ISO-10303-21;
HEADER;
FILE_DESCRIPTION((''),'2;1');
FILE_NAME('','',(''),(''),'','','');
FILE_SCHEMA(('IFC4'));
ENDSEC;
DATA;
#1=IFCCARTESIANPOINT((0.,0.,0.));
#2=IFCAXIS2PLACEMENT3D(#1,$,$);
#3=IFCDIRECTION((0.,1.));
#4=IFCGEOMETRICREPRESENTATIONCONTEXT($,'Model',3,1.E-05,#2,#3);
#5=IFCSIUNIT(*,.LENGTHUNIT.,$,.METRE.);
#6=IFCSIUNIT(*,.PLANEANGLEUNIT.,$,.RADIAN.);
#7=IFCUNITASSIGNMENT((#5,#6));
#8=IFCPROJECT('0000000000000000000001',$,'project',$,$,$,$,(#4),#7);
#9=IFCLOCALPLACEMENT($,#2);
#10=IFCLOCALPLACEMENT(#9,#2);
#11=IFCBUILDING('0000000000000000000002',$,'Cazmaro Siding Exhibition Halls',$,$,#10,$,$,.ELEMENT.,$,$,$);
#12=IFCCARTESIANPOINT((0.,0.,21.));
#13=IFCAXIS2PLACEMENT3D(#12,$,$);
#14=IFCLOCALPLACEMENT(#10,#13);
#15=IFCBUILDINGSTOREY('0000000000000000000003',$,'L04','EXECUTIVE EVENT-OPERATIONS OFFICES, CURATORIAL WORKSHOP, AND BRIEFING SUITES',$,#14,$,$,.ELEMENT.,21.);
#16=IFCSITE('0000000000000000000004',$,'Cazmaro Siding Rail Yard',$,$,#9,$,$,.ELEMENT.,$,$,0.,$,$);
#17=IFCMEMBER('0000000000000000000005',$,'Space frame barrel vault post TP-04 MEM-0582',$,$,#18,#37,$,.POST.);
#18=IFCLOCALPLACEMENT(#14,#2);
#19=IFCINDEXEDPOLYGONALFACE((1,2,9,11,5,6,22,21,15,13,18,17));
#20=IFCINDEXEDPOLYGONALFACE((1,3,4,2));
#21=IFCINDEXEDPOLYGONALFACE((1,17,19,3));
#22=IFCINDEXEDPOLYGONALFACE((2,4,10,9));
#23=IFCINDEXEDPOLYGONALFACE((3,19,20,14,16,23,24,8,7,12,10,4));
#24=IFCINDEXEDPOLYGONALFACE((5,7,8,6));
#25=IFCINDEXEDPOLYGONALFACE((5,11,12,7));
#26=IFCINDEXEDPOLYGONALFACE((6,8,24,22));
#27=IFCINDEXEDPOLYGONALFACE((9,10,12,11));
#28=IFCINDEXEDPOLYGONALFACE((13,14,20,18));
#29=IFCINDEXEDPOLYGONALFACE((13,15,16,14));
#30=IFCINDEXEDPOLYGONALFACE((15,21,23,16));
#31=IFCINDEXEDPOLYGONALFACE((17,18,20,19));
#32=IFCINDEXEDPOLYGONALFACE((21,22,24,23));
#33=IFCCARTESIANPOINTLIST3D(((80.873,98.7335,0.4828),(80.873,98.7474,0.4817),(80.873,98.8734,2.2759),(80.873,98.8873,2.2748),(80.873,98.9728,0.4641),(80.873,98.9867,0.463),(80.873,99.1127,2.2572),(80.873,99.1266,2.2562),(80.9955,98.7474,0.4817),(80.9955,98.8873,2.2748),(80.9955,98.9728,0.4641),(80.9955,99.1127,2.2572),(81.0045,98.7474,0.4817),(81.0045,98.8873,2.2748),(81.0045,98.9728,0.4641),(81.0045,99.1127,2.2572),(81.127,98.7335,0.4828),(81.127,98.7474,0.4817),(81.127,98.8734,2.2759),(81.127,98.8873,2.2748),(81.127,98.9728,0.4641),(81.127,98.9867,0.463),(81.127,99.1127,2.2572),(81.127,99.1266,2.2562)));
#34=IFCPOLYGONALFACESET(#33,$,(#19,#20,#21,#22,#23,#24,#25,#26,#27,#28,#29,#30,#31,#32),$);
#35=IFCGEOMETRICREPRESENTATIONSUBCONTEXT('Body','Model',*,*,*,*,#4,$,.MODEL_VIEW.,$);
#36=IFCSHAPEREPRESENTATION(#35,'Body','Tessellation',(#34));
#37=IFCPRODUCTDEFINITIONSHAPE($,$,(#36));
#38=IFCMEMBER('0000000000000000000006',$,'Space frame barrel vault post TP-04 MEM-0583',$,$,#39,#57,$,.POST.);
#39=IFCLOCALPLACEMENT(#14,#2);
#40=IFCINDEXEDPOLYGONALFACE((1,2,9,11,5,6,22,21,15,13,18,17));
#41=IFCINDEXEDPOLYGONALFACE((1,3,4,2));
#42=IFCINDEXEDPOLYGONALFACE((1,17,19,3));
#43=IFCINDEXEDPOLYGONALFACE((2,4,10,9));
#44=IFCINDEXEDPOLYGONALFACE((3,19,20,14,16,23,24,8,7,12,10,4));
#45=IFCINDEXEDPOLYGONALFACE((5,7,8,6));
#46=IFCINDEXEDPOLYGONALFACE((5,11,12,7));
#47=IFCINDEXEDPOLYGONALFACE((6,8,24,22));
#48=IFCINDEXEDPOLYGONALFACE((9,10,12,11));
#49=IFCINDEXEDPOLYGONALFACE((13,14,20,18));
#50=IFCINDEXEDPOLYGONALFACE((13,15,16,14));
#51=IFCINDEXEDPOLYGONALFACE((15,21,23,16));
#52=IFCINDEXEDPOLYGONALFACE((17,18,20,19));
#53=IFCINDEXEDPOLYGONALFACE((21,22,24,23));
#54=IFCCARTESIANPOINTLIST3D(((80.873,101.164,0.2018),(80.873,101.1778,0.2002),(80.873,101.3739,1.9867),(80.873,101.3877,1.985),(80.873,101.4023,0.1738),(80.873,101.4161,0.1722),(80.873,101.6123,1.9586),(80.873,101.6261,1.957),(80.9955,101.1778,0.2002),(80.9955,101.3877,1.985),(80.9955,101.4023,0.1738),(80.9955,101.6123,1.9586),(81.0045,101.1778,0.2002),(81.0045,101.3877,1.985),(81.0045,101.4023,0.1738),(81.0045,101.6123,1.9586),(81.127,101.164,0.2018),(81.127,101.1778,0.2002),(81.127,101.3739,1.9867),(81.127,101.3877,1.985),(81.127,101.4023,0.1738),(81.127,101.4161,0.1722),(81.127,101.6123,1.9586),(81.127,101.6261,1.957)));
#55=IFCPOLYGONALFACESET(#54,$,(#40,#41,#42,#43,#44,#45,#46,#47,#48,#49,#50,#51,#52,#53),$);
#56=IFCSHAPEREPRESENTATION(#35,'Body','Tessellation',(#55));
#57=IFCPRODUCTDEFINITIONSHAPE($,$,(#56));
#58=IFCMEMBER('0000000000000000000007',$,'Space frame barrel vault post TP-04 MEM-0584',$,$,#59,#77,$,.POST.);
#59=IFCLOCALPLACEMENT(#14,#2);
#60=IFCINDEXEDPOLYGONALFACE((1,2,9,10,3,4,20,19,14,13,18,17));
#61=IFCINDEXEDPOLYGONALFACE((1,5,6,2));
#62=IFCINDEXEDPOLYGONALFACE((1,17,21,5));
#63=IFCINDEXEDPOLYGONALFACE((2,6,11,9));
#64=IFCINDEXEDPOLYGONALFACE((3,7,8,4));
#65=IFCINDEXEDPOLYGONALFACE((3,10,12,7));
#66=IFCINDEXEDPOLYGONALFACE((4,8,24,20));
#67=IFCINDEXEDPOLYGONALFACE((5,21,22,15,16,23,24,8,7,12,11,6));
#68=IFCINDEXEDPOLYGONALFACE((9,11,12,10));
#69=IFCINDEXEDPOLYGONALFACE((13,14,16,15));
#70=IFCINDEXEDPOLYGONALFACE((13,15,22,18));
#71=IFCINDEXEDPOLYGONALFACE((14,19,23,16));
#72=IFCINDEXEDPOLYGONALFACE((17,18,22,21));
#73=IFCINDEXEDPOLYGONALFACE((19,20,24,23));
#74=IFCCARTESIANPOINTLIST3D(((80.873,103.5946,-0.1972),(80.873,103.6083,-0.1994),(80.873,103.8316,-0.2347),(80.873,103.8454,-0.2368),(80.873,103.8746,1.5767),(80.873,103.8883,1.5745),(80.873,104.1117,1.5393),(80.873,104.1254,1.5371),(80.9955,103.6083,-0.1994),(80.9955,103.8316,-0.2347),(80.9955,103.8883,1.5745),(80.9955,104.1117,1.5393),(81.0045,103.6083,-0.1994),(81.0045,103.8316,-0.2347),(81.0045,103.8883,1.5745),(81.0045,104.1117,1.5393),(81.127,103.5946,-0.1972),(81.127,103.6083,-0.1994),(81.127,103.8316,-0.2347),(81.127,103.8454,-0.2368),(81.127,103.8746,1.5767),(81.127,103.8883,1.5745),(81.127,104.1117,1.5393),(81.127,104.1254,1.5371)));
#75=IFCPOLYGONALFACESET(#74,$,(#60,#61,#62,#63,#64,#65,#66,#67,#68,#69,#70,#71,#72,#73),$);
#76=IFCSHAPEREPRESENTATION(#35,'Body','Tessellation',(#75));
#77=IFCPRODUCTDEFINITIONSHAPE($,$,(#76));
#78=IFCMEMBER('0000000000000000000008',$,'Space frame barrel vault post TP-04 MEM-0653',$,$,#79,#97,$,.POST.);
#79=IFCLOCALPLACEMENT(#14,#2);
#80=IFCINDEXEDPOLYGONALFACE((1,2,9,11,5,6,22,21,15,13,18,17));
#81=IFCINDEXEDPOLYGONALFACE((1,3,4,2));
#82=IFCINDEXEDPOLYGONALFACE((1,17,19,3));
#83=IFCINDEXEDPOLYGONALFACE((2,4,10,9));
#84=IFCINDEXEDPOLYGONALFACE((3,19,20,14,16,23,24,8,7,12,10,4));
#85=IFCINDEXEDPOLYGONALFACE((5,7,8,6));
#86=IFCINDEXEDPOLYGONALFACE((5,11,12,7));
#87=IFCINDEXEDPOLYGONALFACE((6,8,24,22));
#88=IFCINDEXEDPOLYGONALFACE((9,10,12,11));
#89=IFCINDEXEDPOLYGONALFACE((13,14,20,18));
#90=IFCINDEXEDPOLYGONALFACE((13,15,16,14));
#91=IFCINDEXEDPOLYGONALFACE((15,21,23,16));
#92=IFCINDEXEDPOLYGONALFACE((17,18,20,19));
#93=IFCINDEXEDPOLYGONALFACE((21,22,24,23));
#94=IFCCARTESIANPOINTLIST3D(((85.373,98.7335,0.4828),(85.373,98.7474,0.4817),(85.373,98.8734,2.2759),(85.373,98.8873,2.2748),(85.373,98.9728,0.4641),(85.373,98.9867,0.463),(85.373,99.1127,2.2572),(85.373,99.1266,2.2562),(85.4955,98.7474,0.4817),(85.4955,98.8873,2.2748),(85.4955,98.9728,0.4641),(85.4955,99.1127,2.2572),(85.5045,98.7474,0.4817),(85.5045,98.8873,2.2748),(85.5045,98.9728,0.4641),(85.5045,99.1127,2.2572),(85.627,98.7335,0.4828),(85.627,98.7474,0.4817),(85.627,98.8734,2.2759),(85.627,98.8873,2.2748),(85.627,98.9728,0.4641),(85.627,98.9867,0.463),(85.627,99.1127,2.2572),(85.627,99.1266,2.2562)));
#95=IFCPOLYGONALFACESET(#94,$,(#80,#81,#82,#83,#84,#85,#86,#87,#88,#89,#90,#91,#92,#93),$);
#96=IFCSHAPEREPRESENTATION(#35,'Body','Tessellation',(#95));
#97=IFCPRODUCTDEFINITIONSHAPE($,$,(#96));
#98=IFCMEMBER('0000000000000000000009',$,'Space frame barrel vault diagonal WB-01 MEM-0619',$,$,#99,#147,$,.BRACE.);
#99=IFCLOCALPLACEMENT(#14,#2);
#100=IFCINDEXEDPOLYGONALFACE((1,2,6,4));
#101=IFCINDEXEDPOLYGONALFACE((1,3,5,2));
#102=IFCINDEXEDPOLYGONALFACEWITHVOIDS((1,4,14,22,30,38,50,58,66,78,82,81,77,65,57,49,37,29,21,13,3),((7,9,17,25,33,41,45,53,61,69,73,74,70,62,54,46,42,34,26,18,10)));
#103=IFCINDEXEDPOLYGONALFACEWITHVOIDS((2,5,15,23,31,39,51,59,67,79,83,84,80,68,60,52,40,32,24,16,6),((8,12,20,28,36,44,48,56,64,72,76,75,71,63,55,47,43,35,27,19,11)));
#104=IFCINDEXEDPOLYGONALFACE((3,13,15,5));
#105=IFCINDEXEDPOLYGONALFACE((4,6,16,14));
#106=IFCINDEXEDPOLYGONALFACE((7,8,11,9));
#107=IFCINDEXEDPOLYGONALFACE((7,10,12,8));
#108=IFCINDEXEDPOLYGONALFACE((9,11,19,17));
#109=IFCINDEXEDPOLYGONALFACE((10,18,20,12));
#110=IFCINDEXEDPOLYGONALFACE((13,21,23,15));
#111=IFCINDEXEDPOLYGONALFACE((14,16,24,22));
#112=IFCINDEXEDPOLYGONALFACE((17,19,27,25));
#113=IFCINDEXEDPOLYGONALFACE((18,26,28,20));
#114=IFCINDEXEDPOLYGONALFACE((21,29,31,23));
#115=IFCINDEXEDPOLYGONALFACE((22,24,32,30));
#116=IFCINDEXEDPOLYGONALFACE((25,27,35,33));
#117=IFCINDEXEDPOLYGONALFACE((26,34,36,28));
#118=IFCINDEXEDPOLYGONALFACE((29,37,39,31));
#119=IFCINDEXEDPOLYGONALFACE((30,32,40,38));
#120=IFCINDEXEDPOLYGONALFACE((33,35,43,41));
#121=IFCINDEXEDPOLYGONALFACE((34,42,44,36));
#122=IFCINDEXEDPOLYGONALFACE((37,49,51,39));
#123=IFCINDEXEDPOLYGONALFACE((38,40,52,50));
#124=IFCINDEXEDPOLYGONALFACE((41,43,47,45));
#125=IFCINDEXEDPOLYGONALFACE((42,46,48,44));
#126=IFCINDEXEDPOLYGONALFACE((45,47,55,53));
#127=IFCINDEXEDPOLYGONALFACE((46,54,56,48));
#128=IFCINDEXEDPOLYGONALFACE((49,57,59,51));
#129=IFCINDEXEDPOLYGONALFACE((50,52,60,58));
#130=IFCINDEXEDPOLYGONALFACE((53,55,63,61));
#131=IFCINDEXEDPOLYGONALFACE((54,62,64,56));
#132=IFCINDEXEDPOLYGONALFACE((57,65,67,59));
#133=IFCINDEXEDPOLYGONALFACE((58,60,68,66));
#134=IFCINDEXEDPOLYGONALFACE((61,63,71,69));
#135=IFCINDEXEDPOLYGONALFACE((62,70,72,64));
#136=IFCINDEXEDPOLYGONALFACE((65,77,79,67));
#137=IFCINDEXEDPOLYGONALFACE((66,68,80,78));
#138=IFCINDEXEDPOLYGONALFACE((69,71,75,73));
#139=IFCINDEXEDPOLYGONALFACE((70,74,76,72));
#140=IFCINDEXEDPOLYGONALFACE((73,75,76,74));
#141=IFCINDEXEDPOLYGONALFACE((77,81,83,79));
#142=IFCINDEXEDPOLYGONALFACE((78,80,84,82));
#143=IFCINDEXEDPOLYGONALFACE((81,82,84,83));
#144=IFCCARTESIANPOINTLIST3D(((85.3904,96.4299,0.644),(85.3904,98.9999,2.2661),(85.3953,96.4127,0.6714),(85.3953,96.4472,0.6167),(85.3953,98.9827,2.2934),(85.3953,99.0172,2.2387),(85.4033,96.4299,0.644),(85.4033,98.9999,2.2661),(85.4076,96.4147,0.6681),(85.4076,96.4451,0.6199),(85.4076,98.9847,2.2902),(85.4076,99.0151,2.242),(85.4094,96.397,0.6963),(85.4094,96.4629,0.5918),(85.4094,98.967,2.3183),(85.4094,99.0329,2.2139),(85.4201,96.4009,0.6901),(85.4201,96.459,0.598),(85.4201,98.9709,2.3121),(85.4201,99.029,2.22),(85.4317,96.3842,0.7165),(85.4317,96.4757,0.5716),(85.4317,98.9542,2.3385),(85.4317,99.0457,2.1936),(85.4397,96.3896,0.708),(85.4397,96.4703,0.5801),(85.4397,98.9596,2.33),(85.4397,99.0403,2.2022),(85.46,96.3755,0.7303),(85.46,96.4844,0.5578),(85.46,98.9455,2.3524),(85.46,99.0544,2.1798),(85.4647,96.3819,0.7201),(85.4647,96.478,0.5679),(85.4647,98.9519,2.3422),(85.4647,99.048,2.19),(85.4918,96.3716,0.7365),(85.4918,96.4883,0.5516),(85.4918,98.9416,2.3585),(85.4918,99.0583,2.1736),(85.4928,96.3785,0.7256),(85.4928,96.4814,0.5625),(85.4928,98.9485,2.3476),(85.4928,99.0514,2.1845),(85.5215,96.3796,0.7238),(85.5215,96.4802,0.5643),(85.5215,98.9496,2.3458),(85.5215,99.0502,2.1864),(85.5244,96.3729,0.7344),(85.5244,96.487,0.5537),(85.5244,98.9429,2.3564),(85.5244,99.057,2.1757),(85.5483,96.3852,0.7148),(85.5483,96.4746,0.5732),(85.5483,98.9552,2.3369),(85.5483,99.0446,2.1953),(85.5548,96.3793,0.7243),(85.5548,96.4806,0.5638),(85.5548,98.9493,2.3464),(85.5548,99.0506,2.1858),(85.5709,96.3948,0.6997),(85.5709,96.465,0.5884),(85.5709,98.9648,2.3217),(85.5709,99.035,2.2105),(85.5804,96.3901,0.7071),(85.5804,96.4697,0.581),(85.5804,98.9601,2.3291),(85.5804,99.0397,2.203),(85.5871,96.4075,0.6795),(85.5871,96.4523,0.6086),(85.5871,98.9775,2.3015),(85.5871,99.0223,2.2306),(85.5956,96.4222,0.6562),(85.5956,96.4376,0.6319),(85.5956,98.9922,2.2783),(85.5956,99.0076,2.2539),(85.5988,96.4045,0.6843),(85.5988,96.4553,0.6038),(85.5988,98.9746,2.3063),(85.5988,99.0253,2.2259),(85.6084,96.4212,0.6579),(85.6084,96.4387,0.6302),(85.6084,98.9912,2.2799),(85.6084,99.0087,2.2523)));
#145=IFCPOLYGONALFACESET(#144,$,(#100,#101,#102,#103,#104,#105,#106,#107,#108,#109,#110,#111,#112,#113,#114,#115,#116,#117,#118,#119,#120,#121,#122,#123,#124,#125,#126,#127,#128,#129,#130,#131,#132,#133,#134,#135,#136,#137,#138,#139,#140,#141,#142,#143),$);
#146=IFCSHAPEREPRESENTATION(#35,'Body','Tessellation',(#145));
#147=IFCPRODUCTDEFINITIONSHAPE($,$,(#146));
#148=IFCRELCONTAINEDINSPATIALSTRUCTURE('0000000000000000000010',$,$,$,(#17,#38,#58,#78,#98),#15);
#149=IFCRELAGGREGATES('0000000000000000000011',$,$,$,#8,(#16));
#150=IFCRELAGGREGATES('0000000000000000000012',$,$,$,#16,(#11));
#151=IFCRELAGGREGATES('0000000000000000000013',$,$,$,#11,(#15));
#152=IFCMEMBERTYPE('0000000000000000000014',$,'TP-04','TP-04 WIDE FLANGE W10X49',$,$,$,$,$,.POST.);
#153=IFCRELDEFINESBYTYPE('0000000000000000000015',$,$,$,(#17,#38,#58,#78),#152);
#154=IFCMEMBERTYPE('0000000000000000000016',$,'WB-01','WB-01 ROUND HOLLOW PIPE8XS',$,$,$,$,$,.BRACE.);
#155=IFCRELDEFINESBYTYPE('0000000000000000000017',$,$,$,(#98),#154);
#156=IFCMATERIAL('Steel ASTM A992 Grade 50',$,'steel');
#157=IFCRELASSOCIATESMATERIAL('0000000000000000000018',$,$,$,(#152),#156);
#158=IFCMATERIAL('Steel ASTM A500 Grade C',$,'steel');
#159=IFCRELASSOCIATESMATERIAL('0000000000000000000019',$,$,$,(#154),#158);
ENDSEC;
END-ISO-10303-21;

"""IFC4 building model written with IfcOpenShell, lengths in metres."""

from ifc_helpers import new_model, si_unit, direction, frame, origin, origin_2d, place, context, subcontext, project, spatial, hollow_circle, i_section, extrude, material, material_profile, profile_set, type_object, element, save


model = new_model("IFC4")

# Units and contexts
model_context = context("Model", 3, precision=1e-05, world=origin(), true_north=direction((0.0, 1.0)))
body_context = subcontext(model_context, "Body", "Model", "MODEL_VIEW")
ifc_project = project(units=[si_unit("LENGTHUNIT", "METRE"), si_unit("PLANEANGLEUNIT", "RADIAN")], contexts=[model_context])

# Site, building, storey
site_placement = place(None, origin())
site = spatial("IfcSite", under=ifc_project, at=site_placement, Name="Cazmaro Siding Rail Yard", CompositionType="ELEMENT", RefElevation=0.0)
building_placement = place(site_placement, origin())
building = spatial("IfcBuilding", under=site, at=building_placement, Name="Cazmaro Siding Exhibition Halls", CompositionType="ELEMENT")
storey_placement = place(building_placement, frame((0.0, 0.0, 21.0)))
storey = spatial("IfcBuildingStorey", under=building, at=storey_placement, Name="L04", Description="EXECUTIVE EVENT-OPERATIONS OFFICES, CURATORIAL WORKSHOP, AND BRIEFING SUITES", CompositionType="ELEMENT", Elevation=21.0)

# Members
ifc_material_1 = material(Name="Steel ASTM A992 Grade 50", Category="steel")
ifc_material_profile_1 = material_profile(ifc_material_1, i_section(OverallWidth=0.2539, OverallDepth=0.2539, WebThickness=0.009, FlangeThickness=0.0139, at=origin_2d()), Name="W10X49")
ifc_profile_set_1 = profile_set([ifc_material_profile_1], Name="Steel ASTM A992 Grade 50")
member_type_1 = type_object("IfcMemberType", Name="TP-04", Description="TP-04 WIDE FLANGE W10X49", PredefinedType="POST", material=ifc_profile_set_1)
member_1_placement = place(storey_placement, frame((81.0, 98.8601, 0.4729), z_axis=(0.0, 0.077776, 0.996971), x_axis=(-1.0, 0.0, 0.0)))
element("IfcMember", 1, at=member_1_placement, inside=storey, type_object=member_type_1, Name="Space frame barrel vault post TP-04 MEM-0582", PredefinedType="POST", context=body_context, shape_type="SweptSolid", body=[
    extrude(i_section(OverallWidth=0.2539, OverallDepth=0.2539, WebThickness=0.009, FlangeThickness=0.0139, at=origin_2d()), origin(), (0.0, 0.0, 1.0), 1.7986),
])
member_2_placement = place(storey_placement, frame((81.0, 101.29, 0.187), z_axis=(0.0, 0.116825, 0.993152), x_axis=(-1.0, 0.0, 0.0)))
element("IfcMember", 2, at=member_2_placement, inside=storey, type_object=member_type_1, Name="Space frame barrel vault post TP-04 MEM-0583", PredefinedType="POST", context=body_context, shape_type="SweptSolid", body=[
    extrude(i_section(OverallWidth=0.2539, OverallDepth=0.2539, WebThickness=0.009, FlangeThickness=0.0139, at=origin_2d()), origin(), (0.0, 0.0, 1.0), 1.7971),
])
member_3_placement = place(storey_placement, frame((81.0, 103.72, -0.217), z_axis=(0.0, 0.155928, 0.987768), x_axis=(-1.0, 0.0, 0.0)))
element("IfcMember", 3, at=member_3_placement, inside=storey, type_object=member_type_1, Name="Space frame barrel vault post TP-04 MEM-0584", PredefinedType="POST", context=body_context, shape_type="SweptSolid", body=[
    extrude(i_section(OverallWidth=0.2539, OverallDepth=0.2539, WebThickness=0.009, FlangeThickness=0.0139, at=origin_2d()), origin(), (0.0, 0.0, 1.0), 1.7959),
])
member_4_placement = place(storey_placement, frame((85.5, 98.8601, 0.4729), z_axis=(0.0, 0.077776, 0.996971), x_axis=(-1.0, 0.0, 0.0)))
element("IfcMember", 4, at=member_4_placement, inside=storey, type_object=member_type_1, Name="Space frame barrel vault post TP-04 MEM-0653", PredefinedType="POST", context=body_context, shape_type="SweptSolid", body=[
    extrude(i_section(OverallWidth=0.2539, OverallDepth=0.2539, WebThickness=0.009, FlangeThickness=0.0139, at=origin_2d()), origin(), (0.0, 0.0, 1.0), 1.7986),
])
ifc_material_2 = material(Name="Steel ASTM A500 Grade C", Category="steel")
ifc_material_profile_2 = material_profile(ifc_material_2, hollow_circle(Radius=0.1096, WallThickness=0.0129, at=origin_2d()), Name="PIPE8XS")
ifc_profile_set_2 = profile_set([ifc_material_profile_2], Name="Steel ASTM A500 Grade C")
member_type_2 = type_object("IfcMemberType", Name="WB-01", Description="WB-01 ROUND HOLLOW PIPE8XS", PredefinedType="BRACE", material=ifc_profile_set_2)
member_5_placement = place(storey_placement, frame((85.5, 96.4299, 0.644), z_axis=(0.0, 0.845657, 0.533727), x_axis=(-1.0, 0.0, 0.0)))
element("IfcMember", 5, at=member_5_placement, inside=storey, type_object=member_type_2, Name="Space frame barrel vault diagonal WB-01 MEM-0619", PredefinedType="BRACE", context=body_context, shape_type="SweptSolid", body=[
    extrude(hollow_circle(Radius=0.1096, WallThickness=0.0129, at=origin_2d()), origin(), (0.0, 0.0, 1.0), 3.0391),
])

save(model, "model.ifc")
